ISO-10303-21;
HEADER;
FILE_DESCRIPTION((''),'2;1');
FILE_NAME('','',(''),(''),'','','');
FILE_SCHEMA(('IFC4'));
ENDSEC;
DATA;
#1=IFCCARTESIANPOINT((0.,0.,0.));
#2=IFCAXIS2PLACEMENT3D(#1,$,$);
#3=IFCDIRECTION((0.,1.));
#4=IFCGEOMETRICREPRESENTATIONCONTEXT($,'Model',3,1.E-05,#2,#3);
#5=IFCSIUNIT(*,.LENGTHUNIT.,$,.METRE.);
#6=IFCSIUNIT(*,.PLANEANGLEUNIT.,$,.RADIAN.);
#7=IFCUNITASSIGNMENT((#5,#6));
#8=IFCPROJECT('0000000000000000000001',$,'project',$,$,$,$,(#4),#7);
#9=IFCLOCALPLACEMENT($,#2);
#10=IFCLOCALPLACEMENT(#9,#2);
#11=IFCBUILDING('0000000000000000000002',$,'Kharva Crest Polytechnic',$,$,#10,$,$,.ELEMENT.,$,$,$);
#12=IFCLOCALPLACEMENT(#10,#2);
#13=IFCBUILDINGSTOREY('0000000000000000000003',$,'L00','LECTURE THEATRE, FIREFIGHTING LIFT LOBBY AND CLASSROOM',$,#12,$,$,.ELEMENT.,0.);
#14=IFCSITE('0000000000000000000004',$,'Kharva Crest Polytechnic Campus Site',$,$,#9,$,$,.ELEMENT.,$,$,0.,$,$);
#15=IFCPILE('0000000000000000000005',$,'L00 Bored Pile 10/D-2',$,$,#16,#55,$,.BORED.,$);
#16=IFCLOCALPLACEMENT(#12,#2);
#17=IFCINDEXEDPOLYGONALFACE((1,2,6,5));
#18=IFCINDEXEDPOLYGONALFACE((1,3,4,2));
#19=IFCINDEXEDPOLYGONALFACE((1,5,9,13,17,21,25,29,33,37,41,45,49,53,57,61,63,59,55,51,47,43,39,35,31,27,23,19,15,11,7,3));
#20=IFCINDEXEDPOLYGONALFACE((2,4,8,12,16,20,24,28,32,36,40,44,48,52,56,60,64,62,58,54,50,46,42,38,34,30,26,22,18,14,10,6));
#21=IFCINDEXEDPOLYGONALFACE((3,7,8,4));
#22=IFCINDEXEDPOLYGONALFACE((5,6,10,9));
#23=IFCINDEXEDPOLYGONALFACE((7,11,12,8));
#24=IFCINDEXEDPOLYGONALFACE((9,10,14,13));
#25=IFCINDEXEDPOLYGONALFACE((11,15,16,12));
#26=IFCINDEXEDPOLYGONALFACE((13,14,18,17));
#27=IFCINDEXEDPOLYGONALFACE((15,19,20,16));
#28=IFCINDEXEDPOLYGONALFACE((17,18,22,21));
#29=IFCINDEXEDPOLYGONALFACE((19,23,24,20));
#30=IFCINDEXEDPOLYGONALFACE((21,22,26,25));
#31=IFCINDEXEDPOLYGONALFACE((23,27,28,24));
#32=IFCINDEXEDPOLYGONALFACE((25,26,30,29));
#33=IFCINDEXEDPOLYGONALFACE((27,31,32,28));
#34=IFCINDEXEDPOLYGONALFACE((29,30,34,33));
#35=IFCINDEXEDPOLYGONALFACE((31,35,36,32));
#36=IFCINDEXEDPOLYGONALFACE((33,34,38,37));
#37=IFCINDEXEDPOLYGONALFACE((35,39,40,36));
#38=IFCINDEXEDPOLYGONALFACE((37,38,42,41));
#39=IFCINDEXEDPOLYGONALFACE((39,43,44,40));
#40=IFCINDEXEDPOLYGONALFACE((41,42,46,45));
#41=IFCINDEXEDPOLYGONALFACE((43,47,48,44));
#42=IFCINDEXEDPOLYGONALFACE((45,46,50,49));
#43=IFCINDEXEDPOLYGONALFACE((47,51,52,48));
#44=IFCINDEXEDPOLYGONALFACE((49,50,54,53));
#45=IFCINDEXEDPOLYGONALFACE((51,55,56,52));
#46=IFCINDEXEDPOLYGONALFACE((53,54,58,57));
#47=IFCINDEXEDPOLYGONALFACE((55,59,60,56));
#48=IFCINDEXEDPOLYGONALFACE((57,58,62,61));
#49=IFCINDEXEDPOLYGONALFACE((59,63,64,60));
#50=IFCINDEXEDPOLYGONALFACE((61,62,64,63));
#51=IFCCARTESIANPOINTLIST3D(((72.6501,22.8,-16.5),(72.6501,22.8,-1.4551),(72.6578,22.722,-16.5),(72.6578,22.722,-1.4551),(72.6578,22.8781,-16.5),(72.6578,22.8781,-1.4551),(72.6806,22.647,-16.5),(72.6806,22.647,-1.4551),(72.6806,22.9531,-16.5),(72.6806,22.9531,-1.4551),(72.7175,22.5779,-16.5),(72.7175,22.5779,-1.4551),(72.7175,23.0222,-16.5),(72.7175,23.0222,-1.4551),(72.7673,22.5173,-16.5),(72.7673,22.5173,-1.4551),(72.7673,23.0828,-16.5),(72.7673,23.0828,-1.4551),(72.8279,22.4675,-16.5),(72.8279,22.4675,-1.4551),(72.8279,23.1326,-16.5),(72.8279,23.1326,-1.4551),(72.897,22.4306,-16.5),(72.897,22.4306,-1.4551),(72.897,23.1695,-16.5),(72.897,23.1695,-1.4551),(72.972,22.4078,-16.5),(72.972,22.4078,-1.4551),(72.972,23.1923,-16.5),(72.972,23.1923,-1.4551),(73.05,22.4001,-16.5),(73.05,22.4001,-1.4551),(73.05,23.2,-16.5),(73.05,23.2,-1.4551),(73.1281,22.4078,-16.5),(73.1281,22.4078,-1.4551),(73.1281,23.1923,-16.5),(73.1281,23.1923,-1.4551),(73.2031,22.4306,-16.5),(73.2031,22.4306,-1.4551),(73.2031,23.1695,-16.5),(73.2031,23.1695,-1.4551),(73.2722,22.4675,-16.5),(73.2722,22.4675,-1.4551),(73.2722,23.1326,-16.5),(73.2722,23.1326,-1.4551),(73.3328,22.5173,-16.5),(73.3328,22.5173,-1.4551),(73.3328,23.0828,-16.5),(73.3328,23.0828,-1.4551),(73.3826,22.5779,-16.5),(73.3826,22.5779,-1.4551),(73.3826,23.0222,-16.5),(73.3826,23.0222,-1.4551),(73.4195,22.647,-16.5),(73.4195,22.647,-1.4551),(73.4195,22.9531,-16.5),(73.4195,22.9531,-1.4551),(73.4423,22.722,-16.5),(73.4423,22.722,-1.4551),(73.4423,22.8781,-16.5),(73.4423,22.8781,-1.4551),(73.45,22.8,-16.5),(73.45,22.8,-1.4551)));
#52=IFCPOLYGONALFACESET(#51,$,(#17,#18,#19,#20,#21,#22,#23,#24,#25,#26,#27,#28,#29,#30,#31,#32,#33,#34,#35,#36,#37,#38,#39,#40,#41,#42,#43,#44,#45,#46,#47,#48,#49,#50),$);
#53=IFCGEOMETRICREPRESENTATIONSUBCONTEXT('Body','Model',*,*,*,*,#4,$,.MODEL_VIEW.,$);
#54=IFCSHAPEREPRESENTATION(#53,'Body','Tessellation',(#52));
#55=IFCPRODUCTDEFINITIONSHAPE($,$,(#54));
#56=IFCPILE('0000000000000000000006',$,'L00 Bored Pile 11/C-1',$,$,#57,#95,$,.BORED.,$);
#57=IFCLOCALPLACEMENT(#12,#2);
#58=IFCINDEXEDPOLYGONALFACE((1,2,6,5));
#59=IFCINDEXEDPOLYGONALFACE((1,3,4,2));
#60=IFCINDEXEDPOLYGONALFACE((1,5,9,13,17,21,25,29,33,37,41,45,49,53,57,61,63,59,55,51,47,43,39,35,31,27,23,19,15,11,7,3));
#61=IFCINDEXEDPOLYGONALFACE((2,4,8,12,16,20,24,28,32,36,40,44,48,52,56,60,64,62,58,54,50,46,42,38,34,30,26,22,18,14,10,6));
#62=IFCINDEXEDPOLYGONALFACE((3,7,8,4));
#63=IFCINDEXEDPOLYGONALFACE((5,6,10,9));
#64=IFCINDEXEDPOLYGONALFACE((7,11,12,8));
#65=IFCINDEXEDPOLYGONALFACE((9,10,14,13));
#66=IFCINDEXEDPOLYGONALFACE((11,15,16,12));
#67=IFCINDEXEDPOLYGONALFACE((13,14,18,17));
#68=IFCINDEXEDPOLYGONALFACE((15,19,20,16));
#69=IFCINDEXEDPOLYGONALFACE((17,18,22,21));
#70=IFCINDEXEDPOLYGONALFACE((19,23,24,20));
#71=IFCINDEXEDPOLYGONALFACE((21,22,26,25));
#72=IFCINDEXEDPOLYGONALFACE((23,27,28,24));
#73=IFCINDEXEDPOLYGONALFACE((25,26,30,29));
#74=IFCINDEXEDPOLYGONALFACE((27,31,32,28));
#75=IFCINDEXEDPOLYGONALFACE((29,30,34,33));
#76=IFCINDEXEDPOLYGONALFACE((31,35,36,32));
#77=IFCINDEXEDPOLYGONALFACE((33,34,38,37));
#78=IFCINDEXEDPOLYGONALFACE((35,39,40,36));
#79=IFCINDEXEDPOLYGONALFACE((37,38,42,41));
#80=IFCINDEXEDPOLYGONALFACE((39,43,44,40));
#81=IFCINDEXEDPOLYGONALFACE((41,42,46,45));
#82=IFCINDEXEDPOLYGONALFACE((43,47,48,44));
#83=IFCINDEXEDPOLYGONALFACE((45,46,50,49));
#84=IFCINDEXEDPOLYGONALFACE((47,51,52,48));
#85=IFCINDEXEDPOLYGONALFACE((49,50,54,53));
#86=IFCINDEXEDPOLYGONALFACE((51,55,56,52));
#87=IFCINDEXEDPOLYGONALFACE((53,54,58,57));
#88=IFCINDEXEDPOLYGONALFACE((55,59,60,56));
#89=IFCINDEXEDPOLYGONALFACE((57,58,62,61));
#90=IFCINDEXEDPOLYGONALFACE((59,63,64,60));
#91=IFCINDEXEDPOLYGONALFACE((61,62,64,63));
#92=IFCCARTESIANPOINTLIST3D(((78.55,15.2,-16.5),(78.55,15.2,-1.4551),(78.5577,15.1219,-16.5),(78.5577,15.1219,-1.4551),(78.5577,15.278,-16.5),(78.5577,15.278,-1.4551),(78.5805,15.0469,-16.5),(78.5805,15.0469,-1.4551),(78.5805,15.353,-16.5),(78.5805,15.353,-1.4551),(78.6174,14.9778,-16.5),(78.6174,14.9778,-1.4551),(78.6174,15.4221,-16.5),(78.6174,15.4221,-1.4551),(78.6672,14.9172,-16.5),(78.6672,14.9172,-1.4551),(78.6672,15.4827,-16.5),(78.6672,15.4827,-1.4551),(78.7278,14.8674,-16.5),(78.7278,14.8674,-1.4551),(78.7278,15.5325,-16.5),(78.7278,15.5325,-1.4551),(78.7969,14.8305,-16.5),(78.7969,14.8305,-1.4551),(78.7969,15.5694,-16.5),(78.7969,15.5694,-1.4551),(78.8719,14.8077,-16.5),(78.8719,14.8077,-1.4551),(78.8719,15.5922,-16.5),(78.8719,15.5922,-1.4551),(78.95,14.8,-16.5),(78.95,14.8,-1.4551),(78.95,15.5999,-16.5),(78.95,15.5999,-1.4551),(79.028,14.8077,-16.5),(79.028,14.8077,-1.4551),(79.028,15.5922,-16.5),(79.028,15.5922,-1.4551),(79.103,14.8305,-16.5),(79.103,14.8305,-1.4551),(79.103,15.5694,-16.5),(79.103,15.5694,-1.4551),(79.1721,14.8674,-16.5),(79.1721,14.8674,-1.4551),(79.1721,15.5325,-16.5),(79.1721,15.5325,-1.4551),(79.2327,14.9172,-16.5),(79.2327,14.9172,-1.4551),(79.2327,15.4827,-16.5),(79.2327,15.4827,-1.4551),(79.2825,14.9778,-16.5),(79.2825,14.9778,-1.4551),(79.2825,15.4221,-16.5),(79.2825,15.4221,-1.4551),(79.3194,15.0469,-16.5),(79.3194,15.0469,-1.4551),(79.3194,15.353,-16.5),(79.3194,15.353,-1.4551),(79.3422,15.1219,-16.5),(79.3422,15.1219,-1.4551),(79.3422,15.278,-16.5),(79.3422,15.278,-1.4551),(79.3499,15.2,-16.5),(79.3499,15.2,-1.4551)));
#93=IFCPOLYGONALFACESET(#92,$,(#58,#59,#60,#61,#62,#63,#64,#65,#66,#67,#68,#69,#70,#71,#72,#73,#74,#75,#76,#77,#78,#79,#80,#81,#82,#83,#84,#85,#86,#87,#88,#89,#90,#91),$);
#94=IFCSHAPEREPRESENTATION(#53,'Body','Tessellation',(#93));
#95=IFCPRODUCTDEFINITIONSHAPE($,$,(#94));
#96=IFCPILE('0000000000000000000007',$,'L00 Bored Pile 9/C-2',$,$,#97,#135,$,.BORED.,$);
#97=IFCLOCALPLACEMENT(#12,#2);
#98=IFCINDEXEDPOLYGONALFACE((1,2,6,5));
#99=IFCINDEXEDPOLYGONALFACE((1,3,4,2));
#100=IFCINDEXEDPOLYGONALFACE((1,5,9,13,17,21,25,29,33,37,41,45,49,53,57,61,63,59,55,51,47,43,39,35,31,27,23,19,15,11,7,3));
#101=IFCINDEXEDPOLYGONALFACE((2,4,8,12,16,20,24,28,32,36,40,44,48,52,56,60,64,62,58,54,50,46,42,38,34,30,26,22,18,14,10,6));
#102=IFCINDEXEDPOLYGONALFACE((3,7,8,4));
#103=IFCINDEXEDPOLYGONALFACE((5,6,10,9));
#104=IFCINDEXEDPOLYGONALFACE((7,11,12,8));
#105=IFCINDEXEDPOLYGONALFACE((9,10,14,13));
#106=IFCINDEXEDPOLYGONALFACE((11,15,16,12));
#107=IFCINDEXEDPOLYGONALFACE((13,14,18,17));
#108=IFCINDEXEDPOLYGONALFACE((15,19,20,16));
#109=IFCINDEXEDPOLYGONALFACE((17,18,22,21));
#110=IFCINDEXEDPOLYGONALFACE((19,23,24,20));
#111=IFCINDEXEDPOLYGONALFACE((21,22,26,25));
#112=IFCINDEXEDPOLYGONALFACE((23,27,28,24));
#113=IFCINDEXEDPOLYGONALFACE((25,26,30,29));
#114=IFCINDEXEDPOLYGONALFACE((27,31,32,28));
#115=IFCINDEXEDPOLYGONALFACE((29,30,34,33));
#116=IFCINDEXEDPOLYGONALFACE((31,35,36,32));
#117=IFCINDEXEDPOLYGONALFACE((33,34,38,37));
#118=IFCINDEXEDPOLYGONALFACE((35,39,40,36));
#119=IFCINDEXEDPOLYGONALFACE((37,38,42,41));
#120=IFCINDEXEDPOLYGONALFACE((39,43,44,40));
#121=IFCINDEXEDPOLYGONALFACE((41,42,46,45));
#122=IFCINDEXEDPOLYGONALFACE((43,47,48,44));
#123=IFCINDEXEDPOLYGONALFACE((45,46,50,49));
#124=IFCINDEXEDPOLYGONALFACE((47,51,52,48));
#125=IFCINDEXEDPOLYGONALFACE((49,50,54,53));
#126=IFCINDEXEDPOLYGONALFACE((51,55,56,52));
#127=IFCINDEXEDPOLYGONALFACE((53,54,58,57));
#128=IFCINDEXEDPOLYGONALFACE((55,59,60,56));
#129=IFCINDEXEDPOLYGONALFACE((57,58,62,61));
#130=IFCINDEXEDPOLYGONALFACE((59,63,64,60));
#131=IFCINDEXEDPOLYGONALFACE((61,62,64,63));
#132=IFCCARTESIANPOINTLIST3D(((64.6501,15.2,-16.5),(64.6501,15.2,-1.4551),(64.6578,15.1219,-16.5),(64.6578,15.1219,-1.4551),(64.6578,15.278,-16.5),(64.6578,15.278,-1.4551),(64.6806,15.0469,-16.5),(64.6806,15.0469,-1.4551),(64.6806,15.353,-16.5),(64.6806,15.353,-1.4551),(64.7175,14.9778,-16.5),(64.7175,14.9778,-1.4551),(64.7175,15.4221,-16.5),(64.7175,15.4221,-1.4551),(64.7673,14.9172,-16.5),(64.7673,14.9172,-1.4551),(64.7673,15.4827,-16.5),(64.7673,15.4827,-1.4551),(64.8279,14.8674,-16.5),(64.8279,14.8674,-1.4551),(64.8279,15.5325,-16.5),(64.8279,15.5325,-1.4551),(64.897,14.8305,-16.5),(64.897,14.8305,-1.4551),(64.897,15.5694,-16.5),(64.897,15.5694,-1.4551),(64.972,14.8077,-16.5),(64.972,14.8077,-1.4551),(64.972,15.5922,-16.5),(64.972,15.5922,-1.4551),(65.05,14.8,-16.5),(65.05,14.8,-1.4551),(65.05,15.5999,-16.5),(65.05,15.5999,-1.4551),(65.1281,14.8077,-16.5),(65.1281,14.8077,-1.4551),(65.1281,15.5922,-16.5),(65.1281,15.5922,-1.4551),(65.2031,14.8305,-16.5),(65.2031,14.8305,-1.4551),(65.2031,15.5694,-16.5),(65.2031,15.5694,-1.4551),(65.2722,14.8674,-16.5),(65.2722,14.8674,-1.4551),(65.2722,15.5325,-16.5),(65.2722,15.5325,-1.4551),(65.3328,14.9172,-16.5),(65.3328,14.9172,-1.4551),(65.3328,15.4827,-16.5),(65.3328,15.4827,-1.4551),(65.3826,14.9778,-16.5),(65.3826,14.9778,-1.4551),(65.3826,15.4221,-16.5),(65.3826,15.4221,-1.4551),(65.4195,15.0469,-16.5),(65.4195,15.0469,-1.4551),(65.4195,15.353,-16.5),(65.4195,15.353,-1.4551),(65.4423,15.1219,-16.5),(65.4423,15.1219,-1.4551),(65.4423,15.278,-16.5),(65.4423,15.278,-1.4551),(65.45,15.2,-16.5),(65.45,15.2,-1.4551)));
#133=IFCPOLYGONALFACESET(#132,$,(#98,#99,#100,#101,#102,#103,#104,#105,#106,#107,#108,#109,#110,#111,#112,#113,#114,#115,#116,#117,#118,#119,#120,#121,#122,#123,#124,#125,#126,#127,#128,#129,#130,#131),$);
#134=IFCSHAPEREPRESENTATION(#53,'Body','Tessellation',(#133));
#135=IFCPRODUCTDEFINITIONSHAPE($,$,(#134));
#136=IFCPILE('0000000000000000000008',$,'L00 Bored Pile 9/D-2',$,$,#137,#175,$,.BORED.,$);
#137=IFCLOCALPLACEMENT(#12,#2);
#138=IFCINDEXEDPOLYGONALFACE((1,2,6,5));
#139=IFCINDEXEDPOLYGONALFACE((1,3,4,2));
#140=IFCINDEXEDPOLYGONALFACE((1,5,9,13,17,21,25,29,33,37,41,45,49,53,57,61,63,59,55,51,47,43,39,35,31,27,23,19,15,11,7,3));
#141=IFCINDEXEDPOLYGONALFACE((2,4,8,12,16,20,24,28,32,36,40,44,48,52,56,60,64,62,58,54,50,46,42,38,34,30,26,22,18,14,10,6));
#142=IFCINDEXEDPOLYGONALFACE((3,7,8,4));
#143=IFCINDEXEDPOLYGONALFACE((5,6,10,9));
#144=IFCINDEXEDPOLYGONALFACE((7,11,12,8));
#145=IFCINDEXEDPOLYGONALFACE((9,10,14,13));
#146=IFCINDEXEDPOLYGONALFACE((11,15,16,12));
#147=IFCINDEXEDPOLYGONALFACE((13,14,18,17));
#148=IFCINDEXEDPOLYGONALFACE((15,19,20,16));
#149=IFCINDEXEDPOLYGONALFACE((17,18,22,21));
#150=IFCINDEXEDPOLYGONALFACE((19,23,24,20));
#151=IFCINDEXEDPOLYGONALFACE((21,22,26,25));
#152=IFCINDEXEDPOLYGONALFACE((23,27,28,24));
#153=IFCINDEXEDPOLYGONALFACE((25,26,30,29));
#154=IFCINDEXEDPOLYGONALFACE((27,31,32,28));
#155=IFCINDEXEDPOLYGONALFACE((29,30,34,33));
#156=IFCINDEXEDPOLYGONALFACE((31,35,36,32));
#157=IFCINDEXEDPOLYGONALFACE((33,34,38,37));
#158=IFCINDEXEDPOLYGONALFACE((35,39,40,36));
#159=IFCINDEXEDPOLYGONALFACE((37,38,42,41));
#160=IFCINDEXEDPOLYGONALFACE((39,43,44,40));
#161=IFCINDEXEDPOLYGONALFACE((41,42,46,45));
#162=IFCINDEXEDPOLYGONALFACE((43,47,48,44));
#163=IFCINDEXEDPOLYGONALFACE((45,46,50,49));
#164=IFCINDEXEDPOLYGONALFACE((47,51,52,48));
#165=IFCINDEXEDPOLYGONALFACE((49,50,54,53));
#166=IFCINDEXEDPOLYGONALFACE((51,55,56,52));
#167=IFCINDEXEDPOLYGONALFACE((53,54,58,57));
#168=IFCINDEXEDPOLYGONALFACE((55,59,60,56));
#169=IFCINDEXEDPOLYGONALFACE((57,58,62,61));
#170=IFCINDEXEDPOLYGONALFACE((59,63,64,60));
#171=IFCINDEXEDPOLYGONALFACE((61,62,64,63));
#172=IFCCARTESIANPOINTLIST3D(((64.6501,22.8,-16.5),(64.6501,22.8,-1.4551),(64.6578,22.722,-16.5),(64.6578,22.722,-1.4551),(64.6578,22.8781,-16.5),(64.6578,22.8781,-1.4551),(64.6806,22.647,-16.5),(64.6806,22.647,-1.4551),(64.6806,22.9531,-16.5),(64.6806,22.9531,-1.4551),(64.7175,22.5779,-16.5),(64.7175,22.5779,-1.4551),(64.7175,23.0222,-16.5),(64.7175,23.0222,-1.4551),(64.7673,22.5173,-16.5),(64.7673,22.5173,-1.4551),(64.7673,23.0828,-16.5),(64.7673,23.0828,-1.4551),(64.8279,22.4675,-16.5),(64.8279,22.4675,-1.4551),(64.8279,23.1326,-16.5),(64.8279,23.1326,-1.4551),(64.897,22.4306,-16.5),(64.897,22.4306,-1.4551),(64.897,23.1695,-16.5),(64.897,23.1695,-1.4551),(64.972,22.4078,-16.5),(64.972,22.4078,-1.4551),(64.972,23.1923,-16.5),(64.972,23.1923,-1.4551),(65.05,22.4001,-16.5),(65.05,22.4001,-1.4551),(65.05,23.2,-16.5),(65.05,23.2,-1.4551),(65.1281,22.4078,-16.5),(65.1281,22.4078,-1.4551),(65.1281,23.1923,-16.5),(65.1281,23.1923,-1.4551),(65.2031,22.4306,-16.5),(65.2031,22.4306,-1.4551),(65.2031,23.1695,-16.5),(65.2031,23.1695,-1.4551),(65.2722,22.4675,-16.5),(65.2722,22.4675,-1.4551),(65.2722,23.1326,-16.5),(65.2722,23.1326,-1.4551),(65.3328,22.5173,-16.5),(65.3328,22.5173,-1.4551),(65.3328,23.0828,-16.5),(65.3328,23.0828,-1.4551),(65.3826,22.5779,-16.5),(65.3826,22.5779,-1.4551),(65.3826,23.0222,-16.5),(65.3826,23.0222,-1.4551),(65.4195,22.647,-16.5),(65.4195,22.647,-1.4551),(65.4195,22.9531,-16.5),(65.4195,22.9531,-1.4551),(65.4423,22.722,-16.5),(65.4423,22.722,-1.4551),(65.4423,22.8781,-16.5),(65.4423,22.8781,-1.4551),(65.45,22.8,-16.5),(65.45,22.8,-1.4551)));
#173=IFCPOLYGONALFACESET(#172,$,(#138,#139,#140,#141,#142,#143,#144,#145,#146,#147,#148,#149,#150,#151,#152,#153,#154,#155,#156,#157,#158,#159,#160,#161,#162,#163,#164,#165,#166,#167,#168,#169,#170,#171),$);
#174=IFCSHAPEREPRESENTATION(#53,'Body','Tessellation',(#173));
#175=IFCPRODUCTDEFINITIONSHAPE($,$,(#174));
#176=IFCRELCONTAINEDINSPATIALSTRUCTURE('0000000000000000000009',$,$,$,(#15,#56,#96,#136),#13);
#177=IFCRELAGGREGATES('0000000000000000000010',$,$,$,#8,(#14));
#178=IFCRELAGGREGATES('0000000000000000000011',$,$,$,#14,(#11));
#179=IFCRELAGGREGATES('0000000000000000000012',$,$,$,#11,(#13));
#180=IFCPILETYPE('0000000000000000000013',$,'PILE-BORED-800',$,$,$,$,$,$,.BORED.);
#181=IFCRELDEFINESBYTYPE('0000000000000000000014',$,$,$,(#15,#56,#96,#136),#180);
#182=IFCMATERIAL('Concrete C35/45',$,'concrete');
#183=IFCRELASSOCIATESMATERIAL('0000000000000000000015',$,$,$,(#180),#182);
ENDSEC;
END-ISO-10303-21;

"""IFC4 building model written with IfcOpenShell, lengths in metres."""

from ifc_helpers import new_model, si_unit, direction, frame, origin, origin_2d, place, context, subcontext, project, spatial, circle, extrude, material, material_profile, profile_set, type_object, element, save


model = new_model("IFC4")

# Units and contexts
model_context = context("Model", 3, precision=1e-05, world=origin(), true_north=direction((0.0, 1.0)))
body_context = subcontext(model_context, "Body", "Model", "MODEL_VIEW")
ifc_project = project(units=[si_unit("LENGTHUNIT", "METRE"), si_unit("PLANEANGLEUNIT", "RADIAN")], contexts=[model_context])

# Site, building, storey
site_placement = place(None, origin())
site = spatial("IfcSite", under=ifc_project, at=site_placement, Name="Kharva Crest Polytechnic Campus Site", CompositionType="ELEMENT", RefElevation=0.0)
building_placement = place(site_placement, origin())
building = spatial("IfcBuilding", under=site, at=building_placement, Name="Kharva Crest Polytechnic", CompositionType="ELEMENT")
storey_placement = place(building_placement, origin())
storey = spatial("IfcBuildingStorey", under=building, at=storey_placement, Name="L00", Description="LECTURE THEATRE, FIREFIGHTING LIFT LOBBY AND CLASSROOM", CompositionType="ELEMENT", Elevation=0.0)

# Shared definitions
ifc_material_1 = material(Name="Concrete C35/45", Category="concrete")

# Piles
ifc_material_profile_1 = material_profile(ifc_material_1, circle(Radius=0.3999, at=origin_2d()), Name="DIA 800")
ifc_profile_set_1 = profile_set([ifc_material_profile_1], Name="Concrete C35/45")
pile_type_1 = type_object("IfcPileType", Name="PILE-BORED-800", PredefinedType="BORED", material=ifc_profile_set_1)
for number, where, z_axis, x_axis, name in (
    (1, (73.05, 22.8, -1.4551), (0.0, 0.0, -1.0), (1.0, 0.0, 0.0), "L00 Bored Pile 10/D-2"),
    (2, (78.95, 15.2, -1.4551), (0.0, 0.0, -1.0), (1.0, 0.0, 0.0), "L00 Bored Pile 11/C-1"),
    (3, (65.05, 15.2, -1.4551), (0.0, 0.0, -1.0), (1.0, 0.0, 0.0), "L00 Bored Pile 9/C-2"),
    (4, (65.05, 22.8, -1.4551), (0.0, 0.0, -1.0), (1.0, 0.0, 0.0), "L00 Bored Pile 9/D-2"),
):
    element("IfcPile", number, at=place(storey_placement, frame(where, z_axis=z_axis, x_axis=x_axis)), inside=storey, type_object=pile_type_1, Name=name, PredefinedType="BORED", context=body_context, shape_type="SweptSolid", body=[
        extrude(circle(Radius=0.3999, at=origin_2d()), origin(), (0.0, 0.0, 1.0), 15.0449),
    ])

save(model, "model.ifc")
